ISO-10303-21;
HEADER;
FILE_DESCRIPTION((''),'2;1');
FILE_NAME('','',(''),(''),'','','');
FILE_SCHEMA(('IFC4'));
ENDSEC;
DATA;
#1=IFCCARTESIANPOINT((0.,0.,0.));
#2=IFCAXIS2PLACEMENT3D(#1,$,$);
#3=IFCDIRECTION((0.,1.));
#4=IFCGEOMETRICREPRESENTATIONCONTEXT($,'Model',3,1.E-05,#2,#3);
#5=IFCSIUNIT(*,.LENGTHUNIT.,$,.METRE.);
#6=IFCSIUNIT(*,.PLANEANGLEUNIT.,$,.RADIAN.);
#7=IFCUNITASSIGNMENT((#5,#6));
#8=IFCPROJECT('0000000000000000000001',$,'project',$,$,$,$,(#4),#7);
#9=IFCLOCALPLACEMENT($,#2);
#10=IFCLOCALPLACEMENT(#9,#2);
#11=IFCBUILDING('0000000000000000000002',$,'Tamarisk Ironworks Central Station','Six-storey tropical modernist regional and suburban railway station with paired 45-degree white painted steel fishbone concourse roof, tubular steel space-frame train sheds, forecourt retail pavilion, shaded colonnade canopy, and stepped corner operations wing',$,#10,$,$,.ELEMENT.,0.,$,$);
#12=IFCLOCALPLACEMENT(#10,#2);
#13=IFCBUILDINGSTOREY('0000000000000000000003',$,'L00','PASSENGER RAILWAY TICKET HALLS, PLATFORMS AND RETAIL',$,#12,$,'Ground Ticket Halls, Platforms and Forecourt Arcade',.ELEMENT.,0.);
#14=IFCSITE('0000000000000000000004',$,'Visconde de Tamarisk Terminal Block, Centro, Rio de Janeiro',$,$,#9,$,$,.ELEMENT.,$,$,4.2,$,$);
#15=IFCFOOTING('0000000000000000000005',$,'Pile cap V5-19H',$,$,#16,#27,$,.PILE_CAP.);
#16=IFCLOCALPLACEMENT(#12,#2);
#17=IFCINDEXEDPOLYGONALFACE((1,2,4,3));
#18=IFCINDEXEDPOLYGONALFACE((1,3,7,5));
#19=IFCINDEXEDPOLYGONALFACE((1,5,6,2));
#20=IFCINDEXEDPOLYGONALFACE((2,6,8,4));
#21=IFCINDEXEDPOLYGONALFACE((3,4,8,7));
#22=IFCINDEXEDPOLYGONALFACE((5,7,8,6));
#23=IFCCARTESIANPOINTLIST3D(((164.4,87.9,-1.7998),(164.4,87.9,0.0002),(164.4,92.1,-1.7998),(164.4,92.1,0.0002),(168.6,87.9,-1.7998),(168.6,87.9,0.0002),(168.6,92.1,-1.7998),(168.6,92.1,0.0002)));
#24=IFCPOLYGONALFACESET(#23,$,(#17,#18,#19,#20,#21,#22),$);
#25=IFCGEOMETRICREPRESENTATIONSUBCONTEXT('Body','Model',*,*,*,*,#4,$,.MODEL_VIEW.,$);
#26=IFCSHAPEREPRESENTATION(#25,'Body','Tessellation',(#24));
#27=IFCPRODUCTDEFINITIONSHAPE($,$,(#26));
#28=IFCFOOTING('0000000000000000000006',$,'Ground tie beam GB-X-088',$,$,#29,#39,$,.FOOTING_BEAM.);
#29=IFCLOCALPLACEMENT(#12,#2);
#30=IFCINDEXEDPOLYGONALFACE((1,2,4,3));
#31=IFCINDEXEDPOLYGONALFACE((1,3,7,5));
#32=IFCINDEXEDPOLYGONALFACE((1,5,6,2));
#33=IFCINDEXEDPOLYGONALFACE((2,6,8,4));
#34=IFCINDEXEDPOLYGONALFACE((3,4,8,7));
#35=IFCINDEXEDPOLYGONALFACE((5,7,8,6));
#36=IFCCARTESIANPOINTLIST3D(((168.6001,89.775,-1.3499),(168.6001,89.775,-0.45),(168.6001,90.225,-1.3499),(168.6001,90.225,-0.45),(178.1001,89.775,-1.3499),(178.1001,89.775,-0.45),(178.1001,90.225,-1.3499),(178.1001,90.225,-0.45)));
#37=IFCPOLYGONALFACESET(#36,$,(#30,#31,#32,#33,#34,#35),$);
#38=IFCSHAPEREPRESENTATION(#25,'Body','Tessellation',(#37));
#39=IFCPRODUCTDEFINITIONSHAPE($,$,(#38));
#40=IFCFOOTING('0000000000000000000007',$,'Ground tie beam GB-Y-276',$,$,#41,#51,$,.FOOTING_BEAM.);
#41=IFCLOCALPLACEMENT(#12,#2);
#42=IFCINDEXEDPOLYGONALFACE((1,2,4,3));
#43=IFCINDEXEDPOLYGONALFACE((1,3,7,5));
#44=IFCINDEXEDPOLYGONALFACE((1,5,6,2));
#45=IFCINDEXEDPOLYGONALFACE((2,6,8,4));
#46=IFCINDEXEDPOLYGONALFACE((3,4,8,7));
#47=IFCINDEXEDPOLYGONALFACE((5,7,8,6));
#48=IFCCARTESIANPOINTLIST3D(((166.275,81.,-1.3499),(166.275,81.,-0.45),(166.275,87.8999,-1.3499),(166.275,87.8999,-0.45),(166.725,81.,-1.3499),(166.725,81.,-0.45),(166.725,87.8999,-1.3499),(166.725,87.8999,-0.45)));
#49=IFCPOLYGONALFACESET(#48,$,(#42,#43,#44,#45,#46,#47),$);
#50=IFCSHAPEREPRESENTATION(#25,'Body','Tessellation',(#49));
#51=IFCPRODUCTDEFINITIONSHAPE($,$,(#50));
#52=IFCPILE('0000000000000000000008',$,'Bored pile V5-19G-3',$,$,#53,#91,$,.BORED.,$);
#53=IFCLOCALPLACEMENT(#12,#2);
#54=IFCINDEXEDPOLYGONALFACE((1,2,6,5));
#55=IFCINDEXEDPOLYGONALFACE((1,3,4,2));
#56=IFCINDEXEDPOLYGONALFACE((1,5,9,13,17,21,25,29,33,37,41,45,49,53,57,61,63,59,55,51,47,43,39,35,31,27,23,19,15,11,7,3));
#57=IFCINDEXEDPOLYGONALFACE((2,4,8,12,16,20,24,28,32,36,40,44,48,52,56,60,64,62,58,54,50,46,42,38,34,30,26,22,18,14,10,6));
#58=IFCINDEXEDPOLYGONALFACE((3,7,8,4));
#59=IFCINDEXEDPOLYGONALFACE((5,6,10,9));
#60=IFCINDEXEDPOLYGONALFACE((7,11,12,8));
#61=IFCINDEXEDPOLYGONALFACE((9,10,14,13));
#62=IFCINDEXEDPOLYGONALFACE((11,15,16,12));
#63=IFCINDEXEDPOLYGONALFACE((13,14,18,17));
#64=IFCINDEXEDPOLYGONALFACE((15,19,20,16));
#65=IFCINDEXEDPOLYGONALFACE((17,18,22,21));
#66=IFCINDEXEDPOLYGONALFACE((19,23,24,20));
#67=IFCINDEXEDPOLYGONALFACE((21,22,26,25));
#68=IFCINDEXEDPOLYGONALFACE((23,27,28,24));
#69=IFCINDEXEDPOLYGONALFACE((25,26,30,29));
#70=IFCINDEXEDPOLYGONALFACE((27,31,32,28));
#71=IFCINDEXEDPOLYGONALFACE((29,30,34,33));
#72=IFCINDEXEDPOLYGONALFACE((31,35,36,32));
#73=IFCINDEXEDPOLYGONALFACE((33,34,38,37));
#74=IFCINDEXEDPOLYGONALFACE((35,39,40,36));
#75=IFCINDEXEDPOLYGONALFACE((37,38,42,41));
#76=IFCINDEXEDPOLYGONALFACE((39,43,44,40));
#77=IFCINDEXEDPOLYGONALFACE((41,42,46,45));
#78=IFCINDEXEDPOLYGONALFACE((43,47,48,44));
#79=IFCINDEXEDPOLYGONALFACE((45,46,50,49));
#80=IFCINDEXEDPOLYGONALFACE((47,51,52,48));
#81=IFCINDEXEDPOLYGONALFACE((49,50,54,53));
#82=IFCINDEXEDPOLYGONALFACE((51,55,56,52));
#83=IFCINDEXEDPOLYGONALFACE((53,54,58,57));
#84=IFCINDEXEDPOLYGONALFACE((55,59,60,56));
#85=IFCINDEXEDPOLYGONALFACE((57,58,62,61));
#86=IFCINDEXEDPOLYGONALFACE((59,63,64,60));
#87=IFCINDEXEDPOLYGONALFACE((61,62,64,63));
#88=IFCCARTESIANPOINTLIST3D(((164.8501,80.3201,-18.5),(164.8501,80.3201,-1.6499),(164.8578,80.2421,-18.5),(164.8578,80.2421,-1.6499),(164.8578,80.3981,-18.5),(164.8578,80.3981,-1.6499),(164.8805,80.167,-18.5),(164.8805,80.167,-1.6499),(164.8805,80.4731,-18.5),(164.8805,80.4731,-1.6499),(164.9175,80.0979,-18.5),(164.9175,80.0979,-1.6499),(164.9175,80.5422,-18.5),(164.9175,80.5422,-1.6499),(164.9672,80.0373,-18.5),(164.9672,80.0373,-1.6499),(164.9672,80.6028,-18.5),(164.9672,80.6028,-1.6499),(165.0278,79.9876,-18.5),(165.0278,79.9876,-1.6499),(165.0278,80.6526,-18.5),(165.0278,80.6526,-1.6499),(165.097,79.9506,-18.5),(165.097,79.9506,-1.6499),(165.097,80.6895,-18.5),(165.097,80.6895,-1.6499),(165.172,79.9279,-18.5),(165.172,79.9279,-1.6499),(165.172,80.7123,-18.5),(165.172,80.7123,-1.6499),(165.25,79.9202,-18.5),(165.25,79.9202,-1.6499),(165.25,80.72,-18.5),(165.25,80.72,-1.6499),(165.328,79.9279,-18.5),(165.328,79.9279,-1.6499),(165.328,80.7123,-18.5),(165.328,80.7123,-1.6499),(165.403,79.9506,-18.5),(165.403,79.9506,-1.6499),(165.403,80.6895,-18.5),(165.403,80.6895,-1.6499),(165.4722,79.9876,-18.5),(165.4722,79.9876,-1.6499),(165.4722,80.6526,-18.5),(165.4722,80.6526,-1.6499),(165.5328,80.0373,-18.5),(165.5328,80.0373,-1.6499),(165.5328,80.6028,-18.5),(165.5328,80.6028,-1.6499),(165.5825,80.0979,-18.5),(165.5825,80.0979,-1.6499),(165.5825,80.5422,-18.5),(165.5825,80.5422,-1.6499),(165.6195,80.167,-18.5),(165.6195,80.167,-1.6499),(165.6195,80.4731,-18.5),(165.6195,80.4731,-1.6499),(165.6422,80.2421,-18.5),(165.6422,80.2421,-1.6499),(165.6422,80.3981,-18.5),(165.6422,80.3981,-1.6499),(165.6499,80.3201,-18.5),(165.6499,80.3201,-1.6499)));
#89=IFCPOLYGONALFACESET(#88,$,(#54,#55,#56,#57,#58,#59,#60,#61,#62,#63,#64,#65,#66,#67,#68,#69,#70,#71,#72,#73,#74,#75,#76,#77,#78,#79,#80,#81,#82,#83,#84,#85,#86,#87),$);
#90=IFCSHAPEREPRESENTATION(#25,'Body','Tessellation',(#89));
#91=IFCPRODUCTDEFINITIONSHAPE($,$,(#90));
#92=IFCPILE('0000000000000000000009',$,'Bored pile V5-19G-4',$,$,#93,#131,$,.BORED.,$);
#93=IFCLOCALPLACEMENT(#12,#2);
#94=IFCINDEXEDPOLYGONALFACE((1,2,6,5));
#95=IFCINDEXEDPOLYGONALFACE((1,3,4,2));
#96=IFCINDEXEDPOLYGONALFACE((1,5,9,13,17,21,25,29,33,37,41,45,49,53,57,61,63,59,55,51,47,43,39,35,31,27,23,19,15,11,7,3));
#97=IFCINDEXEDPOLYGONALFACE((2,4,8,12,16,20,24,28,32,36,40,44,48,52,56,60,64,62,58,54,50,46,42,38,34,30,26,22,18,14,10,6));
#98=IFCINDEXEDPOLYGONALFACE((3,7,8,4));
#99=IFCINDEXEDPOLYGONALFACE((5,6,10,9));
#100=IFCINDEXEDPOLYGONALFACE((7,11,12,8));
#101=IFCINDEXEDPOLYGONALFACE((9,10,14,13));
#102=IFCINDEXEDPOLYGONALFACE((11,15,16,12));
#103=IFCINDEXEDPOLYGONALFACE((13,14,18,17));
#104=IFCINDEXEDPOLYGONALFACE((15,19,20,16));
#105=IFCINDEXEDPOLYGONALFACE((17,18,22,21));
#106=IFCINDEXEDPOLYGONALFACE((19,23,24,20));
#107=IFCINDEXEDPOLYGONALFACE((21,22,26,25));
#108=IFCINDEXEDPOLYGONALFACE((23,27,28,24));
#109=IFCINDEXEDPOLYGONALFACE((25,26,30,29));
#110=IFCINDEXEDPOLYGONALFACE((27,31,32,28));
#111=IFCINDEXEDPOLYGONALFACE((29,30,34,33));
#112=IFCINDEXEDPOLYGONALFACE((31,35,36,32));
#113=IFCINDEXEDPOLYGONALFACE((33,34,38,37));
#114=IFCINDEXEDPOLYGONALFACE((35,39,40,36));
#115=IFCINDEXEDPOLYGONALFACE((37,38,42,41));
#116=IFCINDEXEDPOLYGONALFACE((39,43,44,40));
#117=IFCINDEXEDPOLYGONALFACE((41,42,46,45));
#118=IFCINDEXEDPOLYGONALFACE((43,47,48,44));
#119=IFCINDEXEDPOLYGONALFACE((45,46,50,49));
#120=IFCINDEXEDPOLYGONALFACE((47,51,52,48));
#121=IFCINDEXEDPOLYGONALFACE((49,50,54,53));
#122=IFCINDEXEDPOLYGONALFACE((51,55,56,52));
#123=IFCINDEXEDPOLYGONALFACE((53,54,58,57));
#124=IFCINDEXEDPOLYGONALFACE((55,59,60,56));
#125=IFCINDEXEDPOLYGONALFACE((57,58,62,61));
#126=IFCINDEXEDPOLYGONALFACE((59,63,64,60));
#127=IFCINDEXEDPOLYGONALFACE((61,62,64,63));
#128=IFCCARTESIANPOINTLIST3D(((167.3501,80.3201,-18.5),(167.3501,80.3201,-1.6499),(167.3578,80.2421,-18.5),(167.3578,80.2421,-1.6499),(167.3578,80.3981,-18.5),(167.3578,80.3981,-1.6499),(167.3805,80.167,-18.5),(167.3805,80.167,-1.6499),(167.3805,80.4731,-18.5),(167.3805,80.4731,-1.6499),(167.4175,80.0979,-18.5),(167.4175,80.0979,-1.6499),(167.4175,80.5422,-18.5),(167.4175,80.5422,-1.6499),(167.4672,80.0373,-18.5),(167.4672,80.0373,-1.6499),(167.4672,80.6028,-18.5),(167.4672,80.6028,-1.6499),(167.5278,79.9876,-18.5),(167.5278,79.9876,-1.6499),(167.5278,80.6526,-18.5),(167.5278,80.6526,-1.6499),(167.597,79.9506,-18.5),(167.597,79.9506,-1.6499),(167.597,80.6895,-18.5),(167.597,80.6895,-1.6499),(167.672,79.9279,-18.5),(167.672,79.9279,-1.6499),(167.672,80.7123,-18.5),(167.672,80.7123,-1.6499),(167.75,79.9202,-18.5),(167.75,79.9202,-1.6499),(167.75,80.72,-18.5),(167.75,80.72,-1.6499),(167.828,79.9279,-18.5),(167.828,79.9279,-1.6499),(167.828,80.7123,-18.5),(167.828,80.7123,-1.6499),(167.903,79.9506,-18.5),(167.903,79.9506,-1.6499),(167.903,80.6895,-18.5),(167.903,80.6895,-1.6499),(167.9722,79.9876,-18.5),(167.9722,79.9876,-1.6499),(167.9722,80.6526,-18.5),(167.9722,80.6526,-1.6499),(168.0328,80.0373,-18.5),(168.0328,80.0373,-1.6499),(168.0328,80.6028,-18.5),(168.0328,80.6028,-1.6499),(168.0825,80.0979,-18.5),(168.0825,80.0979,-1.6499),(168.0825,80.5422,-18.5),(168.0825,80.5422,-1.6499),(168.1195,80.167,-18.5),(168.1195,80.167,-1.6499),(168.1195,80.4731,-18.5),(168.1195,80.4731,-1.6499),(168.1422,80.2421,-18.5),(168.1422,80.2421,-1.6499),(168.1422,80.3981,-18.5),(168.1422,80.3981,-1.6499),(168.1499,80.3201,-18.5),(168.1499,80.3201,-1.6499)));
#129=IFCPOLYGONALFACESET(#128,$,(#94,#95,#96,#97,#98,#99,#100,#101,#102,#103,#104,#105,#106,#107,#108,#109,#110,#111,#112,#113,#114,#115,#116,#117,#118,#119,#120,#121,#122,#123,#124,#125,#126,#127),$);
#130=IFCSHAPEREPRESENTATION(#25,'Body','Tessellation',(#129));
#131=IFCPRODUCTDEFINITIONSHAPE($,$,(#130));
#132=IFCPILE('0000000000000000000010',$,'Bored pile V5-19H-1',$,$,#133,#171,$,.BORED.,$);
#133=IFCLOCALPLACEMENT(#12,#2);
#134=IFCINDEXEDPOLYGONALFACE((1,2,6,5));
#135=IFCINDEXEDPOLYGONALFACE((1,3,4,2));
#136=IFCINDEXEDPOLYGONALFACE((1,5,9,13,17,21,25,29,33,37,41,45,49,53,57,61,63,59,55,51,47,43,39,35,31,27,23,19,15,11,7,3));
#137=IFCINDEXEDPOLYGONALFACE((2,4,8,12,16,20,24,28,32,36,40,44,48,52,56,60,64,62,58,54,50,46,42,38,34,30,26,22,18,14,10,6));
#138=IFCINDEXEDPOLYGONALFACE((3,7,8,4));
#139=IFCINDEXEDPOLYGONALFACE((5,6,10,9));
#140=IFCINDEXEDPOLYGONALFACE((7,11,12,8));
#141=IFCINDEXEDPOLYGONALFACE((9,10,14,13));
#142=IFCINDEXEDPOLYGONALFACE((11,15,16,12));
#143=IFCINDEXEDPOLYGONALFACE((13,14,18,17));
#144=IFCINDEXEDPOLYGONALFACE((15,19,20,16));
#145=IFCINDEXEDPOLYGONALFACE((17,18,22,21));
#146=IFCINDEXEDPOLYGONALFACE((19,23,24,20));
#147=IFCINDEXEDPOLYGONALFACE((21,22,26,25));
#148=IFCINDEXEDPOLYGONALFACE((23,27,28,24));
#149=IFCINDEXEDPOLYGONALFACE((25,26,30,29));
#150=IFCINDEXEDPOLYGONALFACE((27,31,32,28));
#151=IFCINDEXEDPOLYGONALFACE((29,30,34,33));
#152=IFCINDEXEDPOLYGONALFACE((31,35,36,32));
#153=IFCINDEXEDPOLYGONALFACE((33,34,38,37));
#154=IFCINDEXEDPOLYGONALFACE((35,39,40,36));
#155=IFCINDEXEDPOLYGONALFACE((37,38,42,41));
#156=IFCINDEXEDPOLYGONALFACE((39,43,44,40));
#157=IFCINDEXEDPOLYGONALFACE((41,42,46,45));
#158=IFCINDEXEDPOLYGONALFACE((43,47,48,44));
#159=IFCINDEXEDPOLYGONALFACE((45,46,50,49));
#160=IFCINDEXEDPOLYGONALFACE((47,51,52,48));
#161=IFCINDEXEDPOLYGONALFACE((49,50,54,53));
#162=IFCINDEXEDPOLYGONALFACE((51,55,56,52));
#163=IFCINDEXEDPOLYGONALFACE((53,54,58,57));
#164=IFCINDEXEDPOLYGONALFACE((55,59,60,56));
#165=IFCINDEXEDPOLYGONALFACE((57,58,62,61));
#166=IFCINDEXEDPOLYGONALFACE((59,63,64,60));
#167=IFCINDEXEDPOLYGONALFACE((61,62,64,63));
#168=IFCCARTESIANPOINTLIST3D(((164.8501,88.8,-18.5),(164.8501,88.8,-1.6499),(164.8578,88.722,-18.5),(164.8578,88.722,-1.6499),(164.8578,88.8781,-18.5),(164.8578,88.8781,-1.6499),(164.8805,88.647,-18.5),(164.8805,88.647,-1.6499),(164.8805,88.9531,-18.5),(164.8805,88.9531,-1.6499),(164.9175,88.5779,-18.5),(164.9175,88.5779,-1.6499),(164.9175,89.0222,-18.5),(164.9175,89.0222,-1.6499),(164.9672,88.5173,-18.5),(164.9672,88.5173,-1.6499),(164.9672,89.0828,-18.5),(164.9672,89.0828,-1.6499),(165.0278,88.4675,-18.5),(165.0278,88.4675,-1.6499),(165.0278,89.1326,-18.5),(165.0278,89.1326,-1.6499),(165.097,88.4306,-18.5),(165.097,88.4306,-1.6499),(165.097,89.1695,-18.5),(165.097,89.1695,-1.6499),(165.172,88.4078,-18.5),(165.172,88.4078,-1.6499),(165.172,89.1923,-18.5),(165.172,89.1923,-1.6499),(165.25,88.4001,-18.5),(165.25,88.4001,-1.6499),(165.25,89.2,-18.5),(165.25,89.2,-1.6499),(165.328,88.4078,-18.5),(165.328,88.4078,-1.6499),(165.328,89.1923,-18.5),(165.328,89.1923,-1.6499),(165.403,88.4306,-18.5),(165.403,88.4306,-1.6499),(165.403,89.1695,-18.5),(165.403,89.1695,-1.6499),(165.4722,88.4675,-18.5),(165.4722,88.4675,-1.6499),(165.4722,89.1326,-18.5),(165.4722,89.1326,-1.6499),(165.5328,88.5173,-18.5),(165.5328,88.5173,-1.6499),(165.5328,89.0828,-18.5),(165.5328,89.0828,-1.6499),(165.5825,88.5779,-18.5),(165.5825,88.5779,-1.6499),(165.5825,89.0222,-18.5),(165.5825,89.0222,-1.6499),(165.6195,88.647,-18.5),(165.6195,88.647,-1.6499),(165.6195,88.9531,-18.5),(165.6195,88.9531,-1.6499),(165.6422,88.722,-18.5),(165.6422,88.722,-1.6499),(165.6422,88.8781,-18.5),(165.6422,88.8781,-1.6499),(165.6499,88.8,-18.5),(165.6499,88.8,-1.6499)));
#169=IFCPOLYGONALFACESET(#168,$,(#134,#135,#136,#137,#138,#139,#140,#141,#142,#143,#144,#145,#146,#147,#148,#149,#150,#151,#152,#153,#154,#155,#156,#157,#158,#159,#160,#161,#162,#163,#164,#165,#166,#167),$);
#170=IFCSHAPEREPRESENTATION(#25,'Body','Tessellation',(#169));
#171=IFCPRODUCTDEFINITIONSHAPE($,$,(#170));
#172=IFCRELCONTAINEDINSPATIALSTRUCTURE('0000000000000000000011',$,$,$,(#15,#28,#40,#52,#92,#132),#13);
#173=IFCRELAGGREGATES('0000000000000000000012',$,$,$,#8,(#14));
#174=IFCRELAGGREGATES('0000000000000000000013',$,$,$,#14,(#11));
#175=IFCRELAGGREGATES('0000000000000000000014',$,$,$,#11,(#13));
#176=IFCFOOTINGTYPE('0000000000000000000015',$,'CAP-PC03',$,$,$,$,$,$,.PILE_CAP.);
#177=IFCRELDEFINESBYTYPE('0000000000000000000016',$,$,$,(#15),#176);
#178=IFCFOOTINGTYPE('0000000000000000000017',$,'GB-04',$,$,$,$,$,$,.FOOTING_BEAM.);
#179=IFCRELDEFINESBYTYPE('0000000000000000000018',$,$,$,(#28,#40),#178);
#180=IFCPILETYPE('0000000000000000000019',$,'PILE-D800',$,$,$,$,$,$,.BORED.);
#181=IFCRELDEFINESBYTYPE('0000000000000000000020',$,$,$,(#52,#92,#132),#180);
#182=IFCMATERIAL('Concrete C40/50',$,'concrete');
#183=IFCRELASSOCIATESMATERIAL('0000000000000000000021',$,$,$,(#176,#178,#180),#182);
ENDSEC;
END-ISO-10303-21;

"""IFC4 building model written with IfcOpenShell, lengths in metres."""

from ifc_helpers import new_model, si_unit, direction, frame, origin, origin_2d, place, context, subcontext, project, spatial, rectangle, circle, extrude, material, material_profile, profile_set, type_object, element, save


model = new_model("IFC4")

# Units and contexts
model_context = context("Model", 3, precision=1e-05, world=origin(), true_north=direction((0.0, 1.0)))
body_context = subcontext(model_context, "Body", "Model", "MODEL_VIEW")
ifc_project = project(units=[si_unit("LENGTHUNIT", "METRE"), si_unit("PLANEANGLEUNIT", "RADIAN")], contexts=[model_context])

# Site, building, storey
site_placement = place(None, origin())
site = spatial("IfcSite", under=ifc_project, at=site_placement, Name="Visconde de Tamarisk Terminal Block, Centro, Rio de Janeiro", CompositionType="ELEMENT", RefElevation=4.2)
building_placement = place(site_placement, origin())
building = spatial("IfcBuilding", under=site, at=building_placement, Name="Tamarisk Ironworks Central Station", Description="Six-storey tropical modernist regional and suburban railway station with paired 45-degree white painted steel fishbone concourse roof, tubular steel space-frame train sheds, forecourt retail pavilion, shaded colonnade canopy, and stepped corner operations wing", CompositionType="ELEMENT", ElevationOfRefHeight=0.0)
storey_placement = place(building_placement, origin())
storey = spatial("IfcBuildingStorey", under=building, at=storey_placement, Name="L00", Description="PASSENGER RAILWAY TICKET HALLS, PLATFORMS AND RETAIL", LongName="Ground Ticket Halls, Platforms and Forecourt Arcade", CompositionType="ELEMENT", Elevation=0.0)

# Footings
ifc_material_1 = material(Name="Concrete C40/50", Category="concrete")
footing_type_1 = type_object("IfcFootingType", Name="CAP-PC03", PredefinedType="PILE_CAP", material=ifc_material_1)
footing_1_placement = place(storey_placement, frame((166.5, 90.0, -1.7998), z_axis=(0.0, 0.0, 1.0), x_axis=(1.0, 0.0, 0.0)))
element("IfcFooting", 1, at=footing_1_placement, inside=storey, type_object=footing_type_1, Name="Pile cap V5-19H", PredefinedType="PILE_CAP", context=body_context, shape_type="SweptSolid", body=[
    extrude(rectangle(XDim=4.2, YDim=4.2, at=origin_2d()), origin(), (0.0, 0.0, 1.0), 1.8),
])
ifc_material_profile_1 = material_profile(ifc_material_1, rectangle(XDim=0.45, YDim=0.8999, at=origin_2d()), Name="GB04 450x900")
ifc_profile_set_1 = profile_set([ifc_material_profile_1], Name="Concrete C40/50")
footing_type_2 = type_object("IfcFootingType", Name="GB-04", PredefinedType="FOOTING_BEAM", material=ifc_profile_set_1)
footing_2_placement = place(storey_placement, frame((168.6001, 90.0, -0.8999), z_axis=(1.0, 0.0, 0.0), x_axis=(0.0, 1.0, 0.0)))
element("IfcFooting", 2, at=footing_2_placement, inside=storey, type_object=footing_type_2, Name="Ground tie beam GB-X-088", PredefinedType="FOOTING_BEAM", context=body_context, shape_type="SweptSolid", body=[
    extrude(rectangle(XDim=0.45, YDim=0.8999, at=origin_2d()), origin(), (0.0, 0.0, 1.0), 9.5),
])
footing_3_placement = place(storey_placement, frame((166.5, 81.0, -0.8999), z_axis=(0.0, 1.0, 0.0), x_axis=(-1.0, 0.0, 0.0)))
element("IfcFooting", 3, at=footing_3_placement, inside=storey, type_object=footing_type_2, Name="Ground tie beam GB-Y-276", PredefinedType="FOOTING_BEAM", context=body_context, shape_type="SweptSolid", body=[
    extrude(rectangle(XDim=0.45, YDim=0.8999, at=origin_2d()), origin(), (0.0, 0.0, 1.0), 6.8999),
])

# Piles
ifc_material_profile_2 = material_profile(ifc_material_1, circle(Radius=0.3999, at=origin_2d()), Name="BORED PILE D800")
ifc_profile_set_2 = profile_set([ifc_material_profile_2], Name="Concrete C40/50")
pile_type = type_object("IfcPileType", Name="PILE-D800", PredefinedType="BORED", material=ifc_profile_set_2)
for number, where, z_axis, x_axis, name in (
    (4, (165.25, 80.3201, -1.6499), (0.0, 0.0, -1.0), (1.0, 0.0, 0.0), "Bored pile V5-19G-3"),
    (5, (167.75, 80.3201, -1.6499), (0.0, 0.0, -1.0), (1.0, 0.0, 0.0), "Bored pile V5-19G-4"),
    (6, (165.25, 88.8, -1.6499), (0.0, 0.0, -1.0), (1.0, 0.0, 0.0), "Bored pile V5-19H-1"),
):
    element("IfcPile", number, at=place(storey_placement, frame(where, z_axis=z_axis, x_axis=x_axis)), inside=storey, type_object=pile_type, Name=name, PredefinedType="BORED", context=body_context, shape_type="SweptSolid", body=[
        extrude(circle(Radius=0.3999, at=origin_2d()), origin(), (0.0, 0.0, 1.0), 16.8501),
    ])

save(model, "model.ifc")
